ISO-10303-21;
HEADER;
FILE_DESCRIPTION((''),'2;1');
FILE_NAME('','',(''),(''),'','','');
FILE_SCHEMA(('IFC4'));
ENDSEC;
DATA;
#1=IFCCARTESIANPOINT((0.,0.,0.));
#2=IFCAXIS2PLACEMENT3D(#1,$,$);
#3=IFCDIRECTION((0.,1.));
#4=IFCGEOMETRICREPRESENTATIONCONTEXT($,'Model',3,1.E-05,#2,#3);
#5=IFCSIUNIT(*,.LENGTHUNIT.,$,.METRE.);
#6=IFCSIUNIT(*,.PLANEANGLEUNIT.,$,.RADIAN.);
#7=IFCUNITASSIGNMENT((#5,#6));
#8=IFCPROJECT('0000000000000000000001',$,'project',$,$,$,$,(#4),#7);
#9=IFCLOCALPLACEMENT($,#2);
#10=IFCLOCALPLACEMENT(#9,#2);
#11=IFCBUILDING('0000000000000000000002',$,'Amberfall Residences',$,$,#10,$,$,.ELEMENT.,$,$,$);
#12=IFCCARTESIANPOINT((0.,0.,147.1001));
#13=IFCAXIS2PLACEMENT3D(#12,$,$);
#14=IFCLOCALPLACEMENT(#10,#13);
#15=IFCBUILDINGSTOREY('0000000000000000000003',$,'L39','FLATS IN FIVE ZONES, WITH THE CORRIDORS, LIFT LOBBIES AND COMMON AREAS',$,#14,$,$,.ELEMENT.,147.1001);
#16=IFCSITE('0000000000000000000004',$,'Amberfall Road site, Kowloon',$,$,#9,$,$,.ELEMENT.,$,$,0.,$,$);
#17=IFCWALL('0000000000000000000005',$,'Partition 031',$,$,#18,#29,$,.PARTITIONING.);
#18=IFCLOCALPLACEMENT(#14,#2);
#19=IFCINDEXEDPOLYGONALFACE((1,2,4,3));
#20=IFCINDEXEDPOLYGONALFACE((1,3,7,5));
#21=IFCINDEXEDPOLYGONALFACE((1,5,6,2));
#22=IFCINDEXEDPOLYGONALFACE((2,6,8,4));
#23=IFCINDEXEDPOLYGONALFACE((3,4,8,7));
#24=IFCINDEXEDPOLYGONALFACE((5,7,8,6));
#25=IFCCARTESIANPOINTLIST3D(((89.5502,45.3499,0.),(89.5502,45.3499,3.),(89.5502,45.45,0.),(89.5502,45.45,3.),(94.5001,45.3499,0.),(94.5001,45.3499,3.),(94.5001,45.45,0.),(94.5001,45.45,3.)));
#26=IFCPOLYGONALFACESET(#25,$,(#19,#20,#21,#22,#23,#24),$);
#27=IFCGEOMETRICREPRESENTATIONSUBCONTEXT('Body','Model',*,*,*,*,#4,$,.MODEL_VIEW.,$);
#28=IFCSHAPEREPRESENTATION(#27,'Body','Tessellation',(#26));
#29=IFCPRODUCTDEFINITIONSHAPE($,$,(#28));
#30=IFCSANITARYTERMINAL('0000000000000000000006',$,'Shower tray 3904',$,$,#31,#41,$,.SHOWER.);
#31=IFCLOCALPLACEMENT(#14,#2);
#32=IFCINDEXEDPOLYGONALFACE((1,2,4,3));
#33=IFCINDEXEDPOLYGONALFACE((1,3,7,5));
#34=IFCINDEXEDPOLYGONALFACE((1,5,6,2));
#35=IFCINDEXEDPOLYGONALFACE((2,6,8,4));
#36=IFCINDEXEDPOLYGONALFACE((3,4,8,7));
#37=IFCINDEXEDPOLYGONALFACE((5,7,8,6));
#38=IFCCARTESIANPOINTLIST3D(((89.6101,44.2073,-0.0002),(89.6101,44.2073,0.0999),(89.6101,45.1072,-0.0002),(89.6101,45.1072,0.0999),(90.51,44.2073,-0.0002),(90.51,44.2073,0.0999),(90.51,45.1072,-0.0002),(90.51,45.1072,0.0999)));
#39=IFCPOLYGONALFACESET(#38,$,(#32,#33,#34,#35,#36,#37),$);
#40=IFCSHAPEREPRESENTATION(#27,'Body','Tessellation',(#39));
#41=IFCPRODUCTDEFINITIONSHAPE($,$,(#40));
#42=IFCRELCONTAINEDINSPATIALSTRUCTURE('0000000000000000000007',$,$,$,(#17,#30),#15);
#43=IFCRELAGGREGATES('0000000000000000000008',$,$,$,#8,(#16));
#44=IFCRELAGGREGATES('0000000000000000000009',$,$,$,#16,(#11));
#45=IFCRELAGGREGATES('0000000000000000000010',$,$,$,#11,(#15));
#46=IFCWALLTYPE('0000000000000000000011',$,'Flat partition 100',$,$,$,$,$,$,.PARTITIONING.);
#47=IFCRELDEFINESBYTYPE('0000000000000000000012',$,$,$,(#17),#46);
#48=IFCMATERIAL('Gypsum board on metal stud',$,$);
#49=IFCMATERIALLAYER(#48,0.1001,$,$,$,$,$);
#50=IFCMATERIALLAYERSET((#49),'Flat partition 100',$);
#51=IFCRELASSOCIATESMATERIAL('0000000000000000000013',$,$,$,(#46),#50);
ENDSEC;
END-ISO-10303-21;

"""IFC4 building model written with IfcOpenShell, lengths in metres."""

from ifc_helpers import new_model, si_unit, direction, frame, frame_2d, origin, origin_2d, place, context, subcontext, project, spatial, rectangle, extrude, material, layer, layer_set, type_object, element, save


model = new_model("IFC4")

# Units and contexts
model_context = context("Model", 3, precision=1e-05, world=origin(), true_north=direction((0.0, 1.0)))
body_context = subcontext(model_context, "Body", "Model", "MODEL_VIEW")
ifc_project = project(units=[si_unit("LENGTHUNIT", "METRE"), si_unit("PLANEANGLEUNIT", "RADIAN")], contexts=[model_context])

# Site, building, storey
site_placement = place(None, origin())
site = spatial("IfcSite", under=ifc_project, at=site_placement, Name="Amberfall Road site, Kowloon", CompositionType="ELEMENT", RefElevation=0.0)
building_placement = place(site_placement, origin())
building = spatial("IfcBuilding", under=site, at=building_placement, Name="Amberfall Residences", CompositionType="ELEMENT")
storey_placement = place(building_placement, frame((0.0, 0.0, 147.1001)))
storey = spatial("IfcBuildingStorey", under=building, at=storey_placement, Name="L39", Description="FLATS IN FIVE ZONES, WITH THE CORRIDORS, LIFT LOBBIES AND COMMON AREAS", CompositionType="ELEMENT", Elevation=147.1001)

# Shared definitions
ifc_material_1 = material(Name="Gypsum board on metal stud")
ifc_layer_1 = layer(ifc_material_1, 0.1001)
ifc_layer_set_1 = layer_set([ifc_layer_1], Name="Flat partition 100")
wall_type_1 = type_object("IfcWallType", Name="Flat partition 100", PredefinedType="PARTITIONING", material=ifc_layer_set_1)

# Wall
wall_1_placement = place(storey_placement, frame((89.55, 45.3999, 0.0), z_axis=(0.0, 0.0, 1.0), x_axis=(1.0, 0.0, 0.0)))
element("IfcWall", 1, at=wall_1_placement, inside=storey, type_object=wall_type_1, Name="Partition 031", PredefinedType="PARTITIONING", context=body_context, shape_type="SweptSolid", body=[
    extrude(rectangle(XDim=4.95, YDim=0.1001, at=frame_2d((2.4751, 0.0))), origin(), (0.0, 0.0, 1.0), 3.0),
])

# Sanitary terminal
sanitary_terminal_placement = place(storey_placement, frame((90.0601, 44.6572, -0.0002), z_axis=(0.0, 0.0, 1.0), x_axis=(1.0, 0.0, 0.0)))
element("IfcSanitaryTerminal", 2, at=sanitary_terminal_placement, inside=storey, Name="Shower tray 3904", PredefinedType="SHOWER", context=body_context, shape_type="SweptSolid", body=[
    extrude(rectangle(XDim=0.8999, YDim=0.8999, at=origin_2d()), origin(), (0.0, 0.0, 1.0), 0.1001),
])

save(model, "model.ifc")
